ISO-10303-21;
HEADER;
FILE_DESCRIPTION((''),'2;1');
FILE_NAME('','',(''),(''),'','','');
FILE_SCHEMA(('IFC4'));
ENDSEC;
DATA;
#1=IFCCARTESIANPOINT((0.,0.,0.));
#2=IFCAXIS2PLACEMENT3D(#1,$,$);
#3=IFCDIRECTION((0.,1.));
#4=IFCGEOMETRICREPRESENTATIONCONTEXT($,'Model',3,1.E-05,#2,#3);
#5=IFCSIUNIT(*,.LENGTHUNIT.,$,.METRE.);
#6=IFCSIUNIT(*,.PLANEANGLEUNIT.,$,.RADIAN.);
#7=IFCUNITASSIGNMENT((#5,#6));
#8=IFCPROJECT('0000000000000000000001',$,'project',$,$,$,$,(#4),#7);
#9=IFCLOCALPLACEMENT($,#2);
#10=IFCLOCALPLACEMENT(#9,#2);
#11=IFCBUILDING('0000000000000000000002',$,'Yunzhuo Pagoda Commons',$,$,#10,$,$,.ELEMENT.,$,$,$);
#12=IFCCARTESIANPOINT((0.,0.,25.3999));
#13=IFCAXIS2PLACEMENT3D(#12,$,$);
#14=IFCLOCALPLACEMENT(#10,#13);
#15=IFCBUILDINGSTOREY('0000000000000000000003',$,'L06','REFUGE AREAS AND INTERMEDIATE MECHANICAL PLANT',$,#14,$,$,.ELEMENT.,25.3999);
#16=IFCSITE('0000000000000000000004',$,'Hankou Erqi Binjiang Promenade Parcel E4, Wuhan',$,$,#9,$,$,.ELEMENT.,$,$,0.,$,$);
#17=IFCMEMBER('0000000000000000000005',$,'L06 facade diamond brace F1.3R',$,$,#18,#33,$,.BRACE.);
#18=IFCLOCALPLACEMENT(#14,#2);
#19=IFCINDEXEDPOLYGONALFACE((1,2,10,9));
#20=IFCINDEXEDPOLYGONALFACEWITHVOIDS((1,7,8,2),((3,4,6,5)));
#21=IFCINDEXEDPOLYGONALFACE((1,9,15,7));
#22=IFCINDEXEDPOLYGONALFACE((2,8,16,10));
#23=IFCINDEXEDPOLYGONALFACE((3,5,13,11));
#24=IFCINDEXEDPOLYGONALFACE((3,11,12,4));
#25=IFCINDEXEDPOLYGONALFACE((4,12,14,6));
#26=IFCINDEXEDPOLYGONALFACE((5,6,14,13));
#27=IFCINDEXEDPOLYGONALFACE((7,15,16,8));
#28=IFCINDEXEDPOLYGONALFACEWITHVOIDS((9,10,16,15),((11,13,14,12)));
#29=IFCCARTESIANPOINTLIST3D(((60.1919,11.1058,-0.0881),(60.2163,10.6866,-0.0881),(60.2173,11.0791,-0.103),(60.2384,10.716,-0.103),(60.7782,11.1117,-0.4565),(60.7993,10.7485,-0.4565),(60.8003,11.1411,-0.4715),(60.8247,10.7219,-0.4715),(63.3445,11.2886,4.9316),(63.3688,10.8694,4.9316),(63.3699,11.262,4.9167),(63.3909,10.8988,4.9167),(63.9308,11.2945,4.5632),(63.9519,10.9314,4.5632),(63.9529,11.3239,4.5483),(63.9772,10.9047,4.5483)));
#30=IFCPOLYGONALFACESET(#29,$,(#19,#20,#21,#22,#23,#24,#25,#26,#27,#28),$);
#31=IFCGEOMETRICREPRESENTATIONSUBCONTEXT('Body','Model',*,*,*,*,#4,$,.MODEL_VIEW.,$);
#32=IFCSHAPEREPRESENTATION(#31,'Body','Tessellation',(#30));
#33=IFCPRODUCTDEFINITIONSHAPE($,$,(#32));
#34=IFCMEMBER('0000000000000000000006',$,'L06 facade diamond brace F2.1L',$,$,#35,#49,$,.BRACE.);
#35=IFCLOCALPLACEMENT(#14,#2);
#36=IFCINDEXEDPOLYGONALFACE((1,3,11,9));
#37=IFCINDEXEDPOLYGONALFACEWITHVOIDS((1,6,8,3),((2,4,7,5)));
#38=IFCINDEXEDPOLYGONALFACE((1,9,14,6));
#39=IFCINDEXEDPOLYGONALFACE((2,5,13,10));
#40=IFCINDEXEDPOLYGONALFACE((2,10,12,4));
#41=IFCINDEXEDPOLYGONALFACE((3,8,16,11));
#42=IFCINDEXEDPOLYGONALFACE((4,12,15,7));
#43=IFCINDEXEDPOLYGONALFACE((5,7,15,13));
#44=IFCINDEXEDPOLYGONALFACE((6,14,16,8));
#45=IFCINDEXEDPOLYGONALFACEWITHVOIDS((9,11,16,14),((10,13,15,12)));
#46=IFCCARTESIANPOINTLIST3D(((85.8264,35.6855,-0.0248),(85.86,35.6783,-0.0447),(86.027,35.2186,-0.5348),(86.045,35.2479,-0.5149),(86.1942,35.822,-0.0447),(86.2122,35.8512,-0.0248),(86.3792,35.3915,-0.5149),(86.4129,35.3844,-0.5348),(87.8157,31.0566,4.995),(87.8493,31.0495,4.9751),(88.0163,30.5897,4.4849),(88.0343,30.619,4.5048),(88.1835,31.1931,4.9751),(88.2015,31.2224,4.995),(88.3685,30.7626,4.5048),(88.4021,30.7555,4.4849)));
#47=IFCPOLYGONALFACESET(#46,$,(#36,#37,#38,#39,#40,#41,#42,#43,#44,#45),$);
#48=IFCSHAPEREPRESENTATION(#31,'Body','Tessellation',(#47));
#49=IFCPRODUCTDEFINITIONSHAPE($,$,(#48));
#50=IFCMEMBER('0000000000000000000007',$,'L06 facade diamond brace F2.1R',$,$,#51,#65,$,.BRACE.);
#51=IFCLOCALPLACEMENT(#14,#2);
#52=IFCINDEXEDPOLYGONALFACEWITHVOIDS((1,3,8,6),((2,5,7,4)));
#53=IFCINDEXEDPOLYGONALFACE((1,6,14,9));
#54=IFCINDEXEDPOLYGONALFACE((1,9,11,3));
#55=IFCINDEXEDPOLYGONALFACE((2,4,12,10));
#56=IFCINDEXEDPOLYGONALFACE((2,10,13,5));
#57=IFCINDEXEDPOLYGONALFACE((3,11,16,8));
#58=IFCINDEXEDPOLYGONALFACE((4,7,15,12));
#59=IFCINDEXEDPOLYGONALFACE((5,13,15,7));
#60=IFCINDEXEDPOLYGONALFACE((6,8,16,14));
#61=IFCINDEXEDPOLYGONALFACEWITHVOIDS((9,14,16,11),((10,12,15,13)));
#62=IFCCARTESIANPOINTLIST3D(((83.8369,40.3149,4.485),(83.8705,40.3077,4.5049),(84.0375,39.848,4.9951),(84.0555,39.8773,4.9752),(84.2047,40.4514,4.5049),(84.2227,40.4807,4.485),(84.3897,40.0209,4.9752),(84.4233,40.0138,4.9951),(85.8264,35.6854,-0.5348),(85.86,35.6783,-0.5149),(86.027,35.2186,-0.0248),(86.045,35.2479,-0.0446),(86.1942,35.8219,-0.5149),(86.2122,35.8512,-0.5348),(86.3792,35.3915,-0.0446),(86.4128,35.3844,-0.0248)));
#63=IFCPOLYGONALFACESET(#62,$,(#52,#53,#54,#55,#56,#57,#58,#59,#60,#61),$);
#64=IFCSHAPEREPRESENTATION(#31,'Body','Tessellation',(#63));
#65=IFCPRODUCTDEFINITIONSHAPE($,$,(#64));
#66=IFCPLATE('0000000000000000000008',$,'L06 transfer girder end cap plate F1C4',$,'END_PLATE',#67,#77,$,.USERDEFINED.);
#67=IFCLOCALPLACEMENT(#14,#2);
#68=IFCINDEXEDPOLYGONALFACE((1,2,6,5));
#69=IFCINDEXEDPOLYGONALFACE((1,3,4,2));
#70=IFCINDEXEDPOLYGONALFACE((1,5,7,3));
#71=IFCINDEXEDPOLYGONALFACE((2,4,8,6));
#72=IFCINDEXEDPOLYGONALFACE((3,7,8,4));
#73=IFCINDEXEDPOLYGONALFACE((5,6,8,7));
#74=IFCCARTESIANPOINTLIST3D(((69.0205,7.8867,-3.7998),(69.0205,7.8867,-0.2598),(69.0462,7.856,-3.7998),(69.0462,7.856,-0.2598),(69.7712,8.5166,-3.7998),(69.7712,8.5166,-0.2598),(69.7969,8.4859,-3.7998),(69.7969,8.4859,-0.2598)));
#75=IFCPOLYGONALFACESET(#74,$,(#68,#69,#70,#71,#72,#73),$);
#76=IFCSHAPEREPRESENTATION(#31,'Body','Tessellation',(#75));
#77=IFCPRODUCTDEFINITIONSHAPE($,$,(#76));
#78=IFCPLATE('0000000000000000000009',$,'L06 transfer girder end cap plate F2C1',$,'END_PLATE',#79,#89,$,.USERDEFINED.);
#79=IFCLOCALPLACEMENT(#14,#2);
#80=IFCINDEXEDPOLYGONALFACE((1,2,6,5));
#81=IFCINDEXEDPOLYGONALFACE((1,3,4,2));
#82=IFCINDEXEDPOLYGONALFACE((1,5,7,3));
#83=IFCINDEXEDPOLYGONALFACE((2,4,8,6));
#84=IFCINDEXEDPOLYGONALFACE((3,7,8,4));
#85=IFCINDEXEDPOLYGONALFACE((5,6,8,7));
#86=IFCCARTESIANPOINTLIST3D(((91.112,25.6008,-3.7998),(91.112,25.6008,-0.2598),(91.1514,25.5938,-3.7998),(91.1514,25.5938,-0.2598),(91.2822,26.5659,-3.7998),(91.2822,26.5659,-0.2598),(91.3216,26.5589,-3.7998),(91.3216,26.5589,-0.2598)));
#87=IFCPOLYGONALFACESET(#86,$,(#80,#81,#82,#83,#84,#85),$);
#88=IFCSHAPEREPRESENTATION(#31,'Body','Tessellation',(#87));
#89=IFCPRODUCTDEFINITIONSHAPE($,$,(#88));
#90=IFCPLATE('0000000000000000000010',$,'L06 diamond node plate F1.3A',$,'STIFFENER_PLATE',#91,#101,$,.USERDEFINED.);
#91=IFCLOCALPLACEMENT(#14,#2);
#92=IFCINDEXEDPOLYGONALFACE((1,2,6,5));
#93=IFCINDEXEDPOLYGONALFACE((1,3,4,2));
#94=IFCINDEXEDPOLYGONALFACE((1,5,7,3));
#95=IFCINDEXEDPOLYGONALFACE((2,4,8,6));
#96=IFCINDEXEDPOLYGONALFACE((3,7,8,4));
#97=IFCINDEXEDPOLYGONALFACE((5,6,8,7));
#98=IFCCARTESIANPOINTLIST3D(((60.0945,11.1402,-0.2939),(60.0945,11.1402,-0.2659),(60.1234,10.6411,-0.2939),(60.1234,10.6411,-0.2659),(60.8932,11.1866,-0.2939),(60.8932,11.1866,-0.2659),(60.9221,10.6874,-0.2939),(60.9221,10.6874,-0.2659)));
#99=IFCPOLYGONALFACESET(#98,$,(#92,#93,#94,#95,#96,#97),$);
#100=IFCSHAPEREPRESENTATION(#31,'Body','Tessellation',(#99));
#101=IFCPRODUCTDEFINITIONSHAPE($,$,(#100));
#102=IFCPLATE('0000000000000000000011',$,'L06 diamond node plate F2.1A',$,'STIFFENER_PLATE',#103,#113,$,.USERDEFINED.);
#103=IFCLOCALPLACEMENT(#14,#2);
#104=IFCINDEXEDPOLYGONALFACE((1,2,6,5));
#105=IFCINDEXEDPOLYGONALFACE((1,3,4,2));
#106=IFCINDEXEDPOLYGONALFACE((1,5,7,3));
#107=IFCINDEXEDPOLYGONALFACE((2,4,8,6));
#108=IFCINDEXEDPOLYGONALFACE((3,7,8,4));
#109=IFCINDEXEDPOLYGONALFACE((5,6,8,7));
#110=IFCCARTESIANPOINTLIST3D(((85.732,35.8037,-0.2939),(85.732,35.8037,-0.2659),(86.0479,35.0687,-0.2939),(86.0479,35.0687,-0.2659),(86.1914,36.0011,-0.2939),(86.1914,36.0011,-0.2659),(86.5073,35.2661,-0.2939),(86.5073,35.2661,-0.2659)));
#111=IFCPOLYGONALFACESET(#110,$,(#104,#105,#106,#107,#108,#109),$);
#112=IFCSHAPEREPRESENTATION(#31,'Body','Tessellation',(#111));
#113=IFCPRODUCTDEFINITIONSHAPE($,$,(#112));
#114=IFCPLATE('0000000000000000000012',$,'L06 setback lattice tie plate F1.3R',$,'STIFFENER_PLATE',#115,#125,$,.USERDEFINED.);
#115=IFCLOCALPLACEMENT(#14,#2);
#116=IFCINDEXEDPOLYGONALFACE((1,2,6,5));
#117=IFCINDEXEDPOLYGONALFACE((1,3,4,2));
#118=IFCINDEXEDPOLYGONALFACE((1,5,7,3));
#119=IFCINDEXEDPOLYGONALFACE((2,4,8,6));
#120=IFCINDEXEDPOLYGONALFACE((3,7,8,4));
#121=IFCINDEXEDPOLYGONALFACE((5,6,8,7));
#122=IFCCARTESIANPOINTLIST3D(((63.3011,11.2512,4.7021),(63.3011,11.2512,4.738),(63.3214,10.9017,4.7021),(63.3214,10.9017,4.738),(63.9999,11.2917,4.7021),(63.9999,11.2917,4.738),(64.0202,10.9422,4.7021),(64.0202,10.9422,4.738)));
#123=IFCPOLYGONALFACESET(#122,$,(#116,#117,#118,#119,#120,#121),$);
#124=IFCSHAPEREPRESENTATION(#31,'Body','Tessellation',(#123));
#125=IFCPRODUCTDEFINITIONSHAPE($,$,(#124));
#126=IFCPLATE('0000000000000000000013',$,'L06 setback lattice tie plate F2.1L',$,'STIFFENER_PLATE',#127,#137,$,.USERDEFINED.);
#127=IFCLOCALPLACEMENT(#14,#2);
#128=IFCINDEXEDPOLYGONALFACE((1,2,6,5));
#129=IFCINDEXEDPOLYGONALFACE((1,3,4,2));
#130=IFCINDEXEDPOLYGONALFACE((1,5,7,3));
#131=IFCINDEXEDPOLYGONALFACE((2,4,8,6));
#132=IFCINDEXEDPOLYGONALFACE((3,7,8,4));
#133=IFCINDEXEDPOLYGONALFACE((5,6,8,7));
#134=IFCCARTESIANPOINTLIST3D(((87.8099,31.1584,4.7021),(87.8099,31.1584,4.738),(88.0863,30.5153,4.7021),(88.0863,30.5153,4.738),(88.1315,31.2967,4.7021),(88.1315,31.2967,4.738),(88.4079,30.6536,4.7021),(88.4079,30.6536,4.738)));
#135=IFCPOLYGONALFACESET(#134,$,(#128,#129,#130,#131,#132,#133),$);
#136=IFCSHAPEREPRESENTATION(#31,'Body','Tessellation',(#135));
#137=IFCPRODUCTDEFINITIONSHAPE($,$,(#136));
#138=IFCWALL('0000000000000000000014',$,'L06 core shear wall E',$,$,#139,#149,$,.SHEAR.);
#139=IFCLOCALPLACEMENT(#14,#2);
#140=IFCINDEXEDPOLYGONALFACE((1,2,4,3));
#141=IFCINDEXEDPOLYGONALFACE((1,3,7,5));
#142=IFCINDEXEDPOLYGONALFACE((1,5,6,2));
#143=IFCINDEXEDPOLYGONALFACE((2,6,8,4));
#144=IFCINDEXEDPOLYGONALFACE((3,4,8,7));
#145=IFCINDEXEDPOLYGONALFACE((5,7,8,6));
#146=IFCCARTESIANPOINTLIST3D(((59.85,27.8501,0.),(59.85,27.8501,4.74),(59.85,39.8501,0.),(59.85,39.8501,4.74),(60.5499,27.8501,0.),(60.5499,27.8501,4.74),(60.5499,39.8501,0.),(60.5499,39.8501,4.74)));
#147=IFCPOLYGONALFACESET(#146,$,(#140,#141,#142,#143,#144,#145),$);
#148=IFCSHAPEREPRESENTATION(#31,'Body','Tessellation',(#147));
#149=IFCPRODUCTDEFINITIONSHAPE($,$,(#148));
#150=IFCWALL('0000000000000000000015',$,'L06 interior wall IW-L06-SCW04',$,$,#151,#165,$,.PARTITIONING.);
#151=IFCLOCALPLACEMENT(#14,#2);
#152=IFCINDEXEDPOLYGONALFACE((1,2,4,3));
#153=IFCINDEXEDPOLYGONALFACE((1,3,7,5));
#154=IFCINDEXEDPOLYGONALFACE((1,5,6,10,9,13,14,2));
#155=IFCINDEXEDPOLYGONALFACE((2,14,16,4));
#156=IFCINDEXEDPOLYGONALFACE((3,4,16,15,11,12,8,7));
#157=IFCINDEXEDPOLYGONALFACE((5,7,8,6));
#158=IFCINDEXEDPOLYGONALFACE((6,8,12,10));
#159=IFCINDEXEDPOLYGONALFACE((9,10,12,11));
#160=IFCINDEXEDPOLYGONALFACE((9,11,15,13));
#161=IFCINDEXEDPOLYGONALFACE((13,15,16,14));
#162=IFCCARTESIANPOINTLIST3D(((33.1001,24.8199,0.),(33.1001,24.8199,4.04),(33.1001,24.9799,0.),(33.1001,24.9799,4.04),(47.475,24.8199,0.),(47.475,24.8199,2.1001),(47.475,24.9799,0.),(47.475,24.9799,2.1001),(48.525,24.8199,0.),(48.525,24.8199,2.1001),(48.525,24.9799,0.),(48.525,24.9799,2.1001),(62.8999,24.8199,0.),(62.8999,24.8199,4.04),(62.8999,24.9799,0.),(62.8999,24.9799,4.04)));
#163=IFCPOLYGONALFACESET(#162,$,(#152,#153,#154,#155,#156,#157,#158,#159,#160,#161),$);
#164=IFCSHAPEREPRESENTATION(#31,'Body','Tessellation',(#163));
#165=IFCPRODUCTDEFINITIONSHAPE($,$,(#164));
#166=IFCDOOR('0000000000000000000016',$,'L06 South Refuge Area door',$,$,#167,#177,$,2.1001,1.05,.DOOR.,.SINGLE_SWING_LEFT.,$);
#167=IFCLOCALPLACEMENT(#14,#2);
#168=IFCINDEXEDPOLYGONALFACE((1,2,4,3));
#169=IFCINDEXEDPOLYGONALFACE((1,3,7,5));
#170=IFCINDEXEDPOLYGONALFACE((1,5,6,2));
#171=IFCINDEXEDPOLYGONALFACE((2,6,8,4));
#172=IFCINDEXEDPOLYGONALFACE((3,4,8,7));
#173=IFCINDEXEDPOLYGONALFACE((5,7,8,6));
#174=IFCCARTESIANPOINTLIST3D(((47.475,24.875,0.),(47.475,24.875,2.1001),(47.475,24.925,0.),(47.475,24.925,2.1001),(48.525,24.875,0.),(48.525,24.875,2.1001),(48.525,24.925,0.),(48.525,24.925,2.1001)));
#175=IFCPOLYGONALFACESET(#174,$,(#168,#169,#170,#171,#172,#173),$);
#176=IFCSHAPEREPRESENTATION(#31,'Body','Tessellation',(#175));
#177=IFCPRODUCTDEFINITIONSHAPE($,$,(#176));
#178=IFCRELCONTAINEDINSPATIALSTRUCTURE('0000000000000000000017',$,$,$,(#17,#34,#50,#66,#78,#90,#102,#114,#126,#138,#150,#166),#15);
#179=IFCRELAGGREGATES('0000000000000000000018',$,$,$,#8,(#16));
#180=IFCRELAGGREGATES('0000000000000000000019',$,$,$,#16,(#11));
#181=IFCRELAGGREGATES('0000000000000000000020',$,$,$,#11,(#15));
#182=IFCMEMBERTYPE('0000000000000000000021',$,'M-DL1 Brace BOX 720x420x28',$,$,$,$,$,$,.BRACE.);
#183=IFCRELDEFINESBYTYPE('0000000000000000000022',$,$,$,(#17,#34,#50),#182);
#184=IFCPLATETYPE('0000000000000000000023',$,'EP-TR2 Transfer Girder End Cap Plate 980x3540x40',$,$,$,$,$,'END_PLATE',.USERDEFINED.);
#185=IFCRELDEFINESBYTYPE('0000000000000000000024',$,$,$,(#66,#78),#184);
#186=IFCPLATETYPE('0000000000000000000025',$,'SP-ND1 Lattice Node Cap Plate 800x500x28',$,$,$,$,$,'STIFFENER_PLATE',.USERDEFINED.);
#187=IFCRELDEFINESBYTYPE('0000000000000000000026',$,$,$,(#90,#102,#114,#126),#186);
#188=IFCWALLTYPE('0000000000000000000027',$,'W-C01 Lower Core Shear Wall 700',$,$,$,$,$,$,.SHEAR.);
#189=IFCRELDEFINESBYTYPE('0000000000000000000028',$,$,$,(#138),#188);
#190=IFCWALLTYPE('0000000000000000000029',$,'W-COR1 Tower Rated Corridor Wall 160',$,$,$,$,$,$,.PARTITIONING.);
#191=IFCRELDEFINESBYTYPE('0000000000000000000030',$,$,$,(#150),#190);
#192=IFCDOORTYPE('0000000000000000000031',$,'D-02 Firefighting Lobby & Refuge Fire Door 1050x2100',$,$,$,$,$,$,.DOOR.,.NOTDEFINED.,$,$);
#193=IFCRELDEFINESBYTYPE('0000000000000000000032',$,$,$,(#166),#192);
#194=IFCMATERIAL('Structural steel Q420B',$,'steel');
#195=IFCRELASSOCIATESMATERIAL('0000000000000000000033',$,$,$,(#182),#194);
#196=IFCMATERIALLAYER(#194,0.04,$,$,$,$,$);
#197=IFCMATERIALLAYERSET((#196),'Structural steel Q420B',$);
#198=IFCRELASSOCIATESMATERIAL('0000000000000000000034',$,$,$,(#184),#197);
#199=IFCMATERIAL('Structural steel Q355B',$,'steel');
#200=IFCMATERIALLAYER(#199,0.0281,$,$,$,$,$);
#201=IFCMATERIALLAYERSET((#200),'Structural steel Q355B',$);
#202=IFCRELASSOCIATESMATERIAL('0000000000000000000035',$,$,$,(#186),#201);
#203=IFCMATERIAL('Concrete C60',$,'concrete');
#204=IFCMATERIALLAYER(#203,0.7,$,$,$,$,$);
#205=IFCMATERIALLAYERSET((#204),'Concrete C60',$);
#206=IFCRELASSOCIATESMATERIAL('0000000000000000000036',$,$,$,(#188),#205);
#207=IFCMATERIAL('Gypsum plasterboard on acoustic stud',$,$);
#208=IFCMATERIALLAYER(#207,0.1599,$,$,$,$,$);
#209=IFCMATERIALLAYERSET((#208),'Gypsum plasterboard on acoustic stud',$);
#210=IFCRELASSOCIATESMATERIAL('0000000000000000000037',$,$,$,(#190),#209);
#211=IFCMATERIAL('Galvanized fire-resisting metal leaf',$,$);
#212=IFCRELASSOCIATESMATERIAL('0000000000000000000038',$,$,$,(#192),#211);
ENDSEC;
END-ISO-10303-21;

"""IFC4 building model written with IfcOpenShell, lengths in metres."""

from ifc_helpers import new_model, si_unit, direction, frame, frame_2d, origin, origin_with_axes, origin_2d, place, context, subcontext, project, spatial, rectangle, hollow_rectangle, extrude, source, transform, mapped, material, layer, layer_set, material_profile, profile_set, type_object, element, fill, save


model = new_model("IFC4")

# Units and contexts
model_context = context("Model", 3, precision=1e-05, world=origin(), true_north=direction((0.0, 1.0)))
body_context = subcontext(model_context, "Body", "Model", "MODEL_VIEW")
ifc_project = project(units=[si_unit("LENGTHUNIT", "METRE"), si_unit("PLANEANGLEUNIT", "RADIAN")], contexts=[model_context])

# Site, building, storey
site_placement = place(None, origin())
site = spatial("IfcSite", under=ifc_project, at=site_placement, Name="Hankou Erqi Binjiang Promenade Parcel E4, Wuhan", CompositionType="ELEMENT", RefElevation=0.0)
building_placement = place(site_placement, origin())
building = spatial("IfcBuilding", under=site, at=building_placement, Name="Yunzhuo Pagoda Commons", CompositionType="ELEMENT")
storey_placement = place(building_placement, frame((0.0, 0.0, 25.3999)))
storey = spatial("IfcBuildingStorey", under=building, at=storey_placement, Name="L06", Description="REFUGE AREAS AND INTERMEDIATE MECHANICAL PLANT", CompositionType="ELEMENT", Elevation=25.3999)

# Shared definitions
ifc_material_1 = material(Name="Structural steel Q420B", Category="steel")

# Shared definitions
ifc_material_2 = material(Name="Structural steel Q355B", Category="steel")

# Members
ifc_material_profile_1 = material_profile(ifc_material_1, hollow_rectangle(XDim=0.4199, YDim=0.72, WallThickness=0.0281, at=origin_2d()), Name="Structural steel Q420B")
ifc_profile_set_1 = profile_set([ifc_material_profile_1], Name="Structural steel Q420B")
member_type = type_object("IfcMemberType", Name="M-DL1 Brace BOX 720x420x28", PredefinedType="BRACE", material=ifc_profile_set_1)
shared_shape_1 = source(origin(), body_context, "Body", "SweptSolid", [
    extrude(hollow_rectangle(XDim=0.4199, YDim=0.72, WallThickness=0.0281, at=origin_2d()), origin(), (0.0, 0.0, 1.0), 5.9304),
])
for number, where, z_axis, x_axis, name in (
    (1, (60.5083, 10.9138, -0.2798), (0.531592, 0.030834, 0.846439), (-0.057906, 0.998322, 0.0), "L06 facade diamond brace F1.3R"),
):
    element("IfcMember", number, at=place(storey_placement, frame(where, z_axis=z_axis, x_axis=x_axis)), inside=storey, type_object=member_type, Name=name, PredefinedType="BRACE", context=body_context, shape_type="MappedRepresentation", body=[
        mapped(shared_shape_1, transform((0.0, 0.0, 0.0), scale=1.0)),
    ])
shared_shape_2 = source(origin(), body_context, "Body", "SweptSolid", [
    extrude(hollow_rectangle(XDim=0.4199, YDim=0.72, WallThickness=0.0281, at=origin_2d()), origin(), (0.0, 0.0, 1.0), 7.1121),
])
member_1_placement = place(storey_placement, frame((86.1196, 35.5349, -0.2798), z_axis=(0.2797, -0.650849, 0.705807), x_axis=(0.918754, 0.394831, 0.0)))
element("IfcMember", 2, at=member_1_placement, inside=storey, type_object=member_type, Name="L06 facade diamond brace F2.1L", PredefinedType="BRACE", context=body_context, shape_type="MappedRepresentation", body=[
    mapped(shared_shape_2, transform((0.0, 0.0, 0.0), scale=1.0)),
])
shared_shape_3 = source(origin(), body_context, "Body", "SweptSolid", [
    extrude(hollow_rectangle(XDim=0.4199, YDim=0.72, WallThickness=0.0281, at=origin_2d()), origin(), (0.0, 0.0, 1.0), 7.1125),
])
member_2_placement = place(storey_placement, frame((86.1196, 35.5349, -0.2798), z_axis=(-0.279719, 0.650882, 0.705769), x_axis=(-0.918751, -0.394837, 0.0)))
element("IfcMember", 3, at=member_2_placement, inside=storey, type_object=member_type, Name="L06 facade diamond brace F2.1R", PredefinedType="BRACE", context=body_context, shape_type="MappedRepresentation", body=[
    mapped(shared_shape_3, transform((0.0, 0.0, 0.0), scale=1.0)),
])

# Plates
ifc_layer_1 = layer(ifc_material_1, 0.04)
ifc_layer_set_1 = layer_set([ifc_layer_1], Name="Structural steel Q420B")
plate_type_1 = type_object("IfcPlateType", Name="EP-TR2 Transfer Girder End Cap Plate 980x3540x40", ElementType="END_PLATE", PredefinedType="USERDEFINED", material=ifc_layer_set_1)
shared_shape_4 = source(origin(), body_context, "Body", "SweptSolid", [
    extrude(rectangle(XDim=0.98, YDim=0.04, at=origin_2d()), origin(), (0.0, 0.0, 1.0), 3.54),
])
for number, where, z_axis, x_axis, name in (
    (4, (69.4087, 8.1863, -3.7998), (0.0, 0.0, 1.0), (0.766044, 0.642788, 0.0), "L06 transfer girder end cap plate F1C4"),
    (5, (91.2168, 26.0798, -3.7998), (0.0, 0.0, 1.0), (0.173648, 0.984808, 0.0), "L06 transfer girder end cap plate F2C1"),
):
    element("IfcPlate", number, at=place(storey_placement, frame(where, z_axis=z_axis, x_axis=x_axis)), inside=storey, type_object=plate_type_1, Name=name, ObjectType="END_PLATE", PredefinedType="USERDEFINED", context=body_context, shape_type="MappedRepresentation", body=[
        mapped(shared_shape_4, transform((0.0, 0.0, 0.0), scale=1.0)),
    ])
ifc_layer_2 = layer(ifc_material_2, 0.0281)
ifc_layer_set_2 = layer_set([ifc_layer_2], Name="Structural steel Q355B")
plate_type_2 = type_object("IfcPlateType", Name="SP-ND1 Lattice Node Cap Plate 800x500x28", ElementType="STIFFENER_PLATE", PredefinedType="USERDEFINED", material=ifc_layer_set_2)
shared_shape_5 = source(origin(), body_context, "Body", "SweptSolid", [
    extrude(rectangle(XDim=0.8, YDim=0.5, at=origin_2d()), origin(), (0.0, 0.0, 1.0), 0.0281),
])
for number, where, z_axis, x_axis, name in (
    (6, (60.5083, 10.9138, -0.2939), (0.0, 0.0, 1.0), (0.998323, 0.057895, 0.0), "L06 diamond node plate F1.3A"),
    (7, (86.1196, 35.5349, -0.2939), (0.0, 0.0, 1.0), (-0.394856, 0.918743, 0.0), "L06 diamond node plate F2.1A"),
):
    element("IfcPlate", number, at=place(storey_placement, frame(where, z_axis=z_axis, x_axis=x_axis)), inside=storey, type_object=plate_type_2, Name=name, ObjectType="STIFFENER_PLATE", PredefinedType="USERDEFINED", context=body_context, shape_type="MappedRepresentation", body=[
        mapped(shared_shape_5, transform((0.0, 0.0, 0.0), scale=1.0)),
    ])
shared_shape_6 = source(origin(), body_context, "Body", "SweptSolid", [
    extrude(rectangle(XDim=0.7, YDim=0.3501, at=origin_2d()), origin(), (0.0, 0.0, 1.0), 0.0359),
])
for number, where, z_axis, x_axis, name in (
    (8, (63.6606, 11.0967, 4.7021), (0.0, 0.0, 1.0), (0.998323, 0.057895, 0.0), "L06 setback lattice tie plate F1.3R"),
    (9, (88.1089, 30.906, 4.7021), (0.0, 0.0, 1.0), (-0.394856, 0.918743, 0.0), "L06 setback lattice tie plate F2.1L"),
):
    element("IfcPlate", number, at=place(storey_placement, frame(where, z_axis=z_axis, x_axis=x_axis)), inside=storey, type_object=plate_type_2, Name=name, ObjectType="STIFFENER_PLATE", PredefinedType="USERDEFINED", context=body_context, shape_type="MappedRepresentation", body=[
        mapped(shared_shape_6, transform((0.0, 0.0, 0.0), scale=1.0)),
    ])

# Wall
ifc_material_3 = material(Name="Concrete C60", Category="concrete")
ifc_layer_3 = layer(ifc_material_3, 0.7)
ifc_layer_set_3 = layer_set([ifc_layer_3], Name="Concrete C60")
wall_type_1 = type_object("IfcWallType", Name="W-C01 Lower Core Shear Wall 700", PredefinedType="SHEAR", material=ifc_layer_set_3)
wall_1_placement = place(storey_placement, frame((60.2, 27.8501, 0.0), z_axis=(0.0, 0.0, 1.0), x_axis=(0.0, 1.0, 0.0)))
element("IfcWall", 10, at=wall_1_placement, inside=storey, type_object=wall_type_1, Name="L06 core shear wall E", PredefinedType="SHEAR", context=body_context, shape_type="SweptSolid", body=[
    extrude(rectangle(XDim=12.0, YDim=0.7, at=frame_2d((6.0, 0.0))), origin(), (0.0, 0.0, 1.0), 4.74),
])

# Wall, opening, door
ifc_material_4 = material(Name="Gypsum plasterboard on acoustic stud")
ifc_layer_4 = layer(ifc_material_4, 0.1599)
ifc_layer_set_4 = layer_set([ifc_layer_4], Name="Gypsum plasterboard on acoustic stud")
wall_type_2 = type_object("IfcWallType", Name="W-COR1 Tower Rated Corridor Wall 160", PredefinedType="PARTITIONING", material=ifc_layer_set_4)
wall_2_placement = place(storey_placement, frame((62.8999, 24.8999, 0.0), z_axis=(0.0, 0.0, 1.0), x_axis=(-1.0, 0.0, 0.0)))
wall_2 = element("IfcWall", 11, at=wall_2_placement, inside=storey, type_object=wall_type_2, Name="L06 interior wall IW-L06-SCW04", PredefinedType="PARTITIONING", context=body_context, shape_type="SweptSolid", body=[
    extrude(rectangle(XDim=29.7998, YDim=0.1599, at=frame_2d((14.8999, 0.0))), origin(), (0.0, 0.0, 1.0), 4.04),
])
opening_placement = place(wall_2_placement, frame((14.375, 0.0, 0.0)))
opening = element("IfcOpeningElement", 12, at=opening_placement, cuts=wall_2, PredefinedType="OPENING", context=body_context, shape_type="SweptSolid", body=[
    extrude(rectangle(XDim=1.05, YDim=2.1001, at=frame_2d((0.5249, 1.05))), frame((0.0, 0.0898, 0.0), z_axis=(0.0, -1.0, 0.0), x_axis=(1.0, 0.0, 0.0)), (0.0, 0.0, 1.0), 0.1799),
])
ifc_material_5 = material(Name="Galvanized fire-resisting metal leaf")
door_type = type_object("IfcDoorType", Name="D-02 Firefighting Lobby & Refuge Fire Door 1050x2100", OperationType="NOTDEFINED", PredefinedType="DOOR", material=ifc_material_5)
shared_shape_7 = source(origin(), body_context, "Body", "SweptSolid", [
    extrude(rectangle(XDim=1.05, YDim=2.1001, at=frame_2d((0.5249, 1.05))), frame((0.0, 0.0249, 0.0), z_axis=(0.0, -1.0, 0.0), x_axis=(1.0, 0.0, 0.0)), (0.0, 0.0, 1.0), 0.05),
])
door_placement = place(opening_placement, origin_with_axes())
door = element("IfcDoor", 13, at=door_placement, inside=storey, type_object=door_type, Name="L06 South Refuge Area door", OperationType="SINGLE_SWING_LEFT", OverallHeight=2.1001, OverallWidth=1.05, PredefinedType="DOOR", context=body_context, shape_type="MappedRepresentation", body=[
    mapped(shared_shape_7, transform((0.0, 0.0, 0.0), scale=1.0)),
])
fill(opening, door)

save(model, "model.ifc")
